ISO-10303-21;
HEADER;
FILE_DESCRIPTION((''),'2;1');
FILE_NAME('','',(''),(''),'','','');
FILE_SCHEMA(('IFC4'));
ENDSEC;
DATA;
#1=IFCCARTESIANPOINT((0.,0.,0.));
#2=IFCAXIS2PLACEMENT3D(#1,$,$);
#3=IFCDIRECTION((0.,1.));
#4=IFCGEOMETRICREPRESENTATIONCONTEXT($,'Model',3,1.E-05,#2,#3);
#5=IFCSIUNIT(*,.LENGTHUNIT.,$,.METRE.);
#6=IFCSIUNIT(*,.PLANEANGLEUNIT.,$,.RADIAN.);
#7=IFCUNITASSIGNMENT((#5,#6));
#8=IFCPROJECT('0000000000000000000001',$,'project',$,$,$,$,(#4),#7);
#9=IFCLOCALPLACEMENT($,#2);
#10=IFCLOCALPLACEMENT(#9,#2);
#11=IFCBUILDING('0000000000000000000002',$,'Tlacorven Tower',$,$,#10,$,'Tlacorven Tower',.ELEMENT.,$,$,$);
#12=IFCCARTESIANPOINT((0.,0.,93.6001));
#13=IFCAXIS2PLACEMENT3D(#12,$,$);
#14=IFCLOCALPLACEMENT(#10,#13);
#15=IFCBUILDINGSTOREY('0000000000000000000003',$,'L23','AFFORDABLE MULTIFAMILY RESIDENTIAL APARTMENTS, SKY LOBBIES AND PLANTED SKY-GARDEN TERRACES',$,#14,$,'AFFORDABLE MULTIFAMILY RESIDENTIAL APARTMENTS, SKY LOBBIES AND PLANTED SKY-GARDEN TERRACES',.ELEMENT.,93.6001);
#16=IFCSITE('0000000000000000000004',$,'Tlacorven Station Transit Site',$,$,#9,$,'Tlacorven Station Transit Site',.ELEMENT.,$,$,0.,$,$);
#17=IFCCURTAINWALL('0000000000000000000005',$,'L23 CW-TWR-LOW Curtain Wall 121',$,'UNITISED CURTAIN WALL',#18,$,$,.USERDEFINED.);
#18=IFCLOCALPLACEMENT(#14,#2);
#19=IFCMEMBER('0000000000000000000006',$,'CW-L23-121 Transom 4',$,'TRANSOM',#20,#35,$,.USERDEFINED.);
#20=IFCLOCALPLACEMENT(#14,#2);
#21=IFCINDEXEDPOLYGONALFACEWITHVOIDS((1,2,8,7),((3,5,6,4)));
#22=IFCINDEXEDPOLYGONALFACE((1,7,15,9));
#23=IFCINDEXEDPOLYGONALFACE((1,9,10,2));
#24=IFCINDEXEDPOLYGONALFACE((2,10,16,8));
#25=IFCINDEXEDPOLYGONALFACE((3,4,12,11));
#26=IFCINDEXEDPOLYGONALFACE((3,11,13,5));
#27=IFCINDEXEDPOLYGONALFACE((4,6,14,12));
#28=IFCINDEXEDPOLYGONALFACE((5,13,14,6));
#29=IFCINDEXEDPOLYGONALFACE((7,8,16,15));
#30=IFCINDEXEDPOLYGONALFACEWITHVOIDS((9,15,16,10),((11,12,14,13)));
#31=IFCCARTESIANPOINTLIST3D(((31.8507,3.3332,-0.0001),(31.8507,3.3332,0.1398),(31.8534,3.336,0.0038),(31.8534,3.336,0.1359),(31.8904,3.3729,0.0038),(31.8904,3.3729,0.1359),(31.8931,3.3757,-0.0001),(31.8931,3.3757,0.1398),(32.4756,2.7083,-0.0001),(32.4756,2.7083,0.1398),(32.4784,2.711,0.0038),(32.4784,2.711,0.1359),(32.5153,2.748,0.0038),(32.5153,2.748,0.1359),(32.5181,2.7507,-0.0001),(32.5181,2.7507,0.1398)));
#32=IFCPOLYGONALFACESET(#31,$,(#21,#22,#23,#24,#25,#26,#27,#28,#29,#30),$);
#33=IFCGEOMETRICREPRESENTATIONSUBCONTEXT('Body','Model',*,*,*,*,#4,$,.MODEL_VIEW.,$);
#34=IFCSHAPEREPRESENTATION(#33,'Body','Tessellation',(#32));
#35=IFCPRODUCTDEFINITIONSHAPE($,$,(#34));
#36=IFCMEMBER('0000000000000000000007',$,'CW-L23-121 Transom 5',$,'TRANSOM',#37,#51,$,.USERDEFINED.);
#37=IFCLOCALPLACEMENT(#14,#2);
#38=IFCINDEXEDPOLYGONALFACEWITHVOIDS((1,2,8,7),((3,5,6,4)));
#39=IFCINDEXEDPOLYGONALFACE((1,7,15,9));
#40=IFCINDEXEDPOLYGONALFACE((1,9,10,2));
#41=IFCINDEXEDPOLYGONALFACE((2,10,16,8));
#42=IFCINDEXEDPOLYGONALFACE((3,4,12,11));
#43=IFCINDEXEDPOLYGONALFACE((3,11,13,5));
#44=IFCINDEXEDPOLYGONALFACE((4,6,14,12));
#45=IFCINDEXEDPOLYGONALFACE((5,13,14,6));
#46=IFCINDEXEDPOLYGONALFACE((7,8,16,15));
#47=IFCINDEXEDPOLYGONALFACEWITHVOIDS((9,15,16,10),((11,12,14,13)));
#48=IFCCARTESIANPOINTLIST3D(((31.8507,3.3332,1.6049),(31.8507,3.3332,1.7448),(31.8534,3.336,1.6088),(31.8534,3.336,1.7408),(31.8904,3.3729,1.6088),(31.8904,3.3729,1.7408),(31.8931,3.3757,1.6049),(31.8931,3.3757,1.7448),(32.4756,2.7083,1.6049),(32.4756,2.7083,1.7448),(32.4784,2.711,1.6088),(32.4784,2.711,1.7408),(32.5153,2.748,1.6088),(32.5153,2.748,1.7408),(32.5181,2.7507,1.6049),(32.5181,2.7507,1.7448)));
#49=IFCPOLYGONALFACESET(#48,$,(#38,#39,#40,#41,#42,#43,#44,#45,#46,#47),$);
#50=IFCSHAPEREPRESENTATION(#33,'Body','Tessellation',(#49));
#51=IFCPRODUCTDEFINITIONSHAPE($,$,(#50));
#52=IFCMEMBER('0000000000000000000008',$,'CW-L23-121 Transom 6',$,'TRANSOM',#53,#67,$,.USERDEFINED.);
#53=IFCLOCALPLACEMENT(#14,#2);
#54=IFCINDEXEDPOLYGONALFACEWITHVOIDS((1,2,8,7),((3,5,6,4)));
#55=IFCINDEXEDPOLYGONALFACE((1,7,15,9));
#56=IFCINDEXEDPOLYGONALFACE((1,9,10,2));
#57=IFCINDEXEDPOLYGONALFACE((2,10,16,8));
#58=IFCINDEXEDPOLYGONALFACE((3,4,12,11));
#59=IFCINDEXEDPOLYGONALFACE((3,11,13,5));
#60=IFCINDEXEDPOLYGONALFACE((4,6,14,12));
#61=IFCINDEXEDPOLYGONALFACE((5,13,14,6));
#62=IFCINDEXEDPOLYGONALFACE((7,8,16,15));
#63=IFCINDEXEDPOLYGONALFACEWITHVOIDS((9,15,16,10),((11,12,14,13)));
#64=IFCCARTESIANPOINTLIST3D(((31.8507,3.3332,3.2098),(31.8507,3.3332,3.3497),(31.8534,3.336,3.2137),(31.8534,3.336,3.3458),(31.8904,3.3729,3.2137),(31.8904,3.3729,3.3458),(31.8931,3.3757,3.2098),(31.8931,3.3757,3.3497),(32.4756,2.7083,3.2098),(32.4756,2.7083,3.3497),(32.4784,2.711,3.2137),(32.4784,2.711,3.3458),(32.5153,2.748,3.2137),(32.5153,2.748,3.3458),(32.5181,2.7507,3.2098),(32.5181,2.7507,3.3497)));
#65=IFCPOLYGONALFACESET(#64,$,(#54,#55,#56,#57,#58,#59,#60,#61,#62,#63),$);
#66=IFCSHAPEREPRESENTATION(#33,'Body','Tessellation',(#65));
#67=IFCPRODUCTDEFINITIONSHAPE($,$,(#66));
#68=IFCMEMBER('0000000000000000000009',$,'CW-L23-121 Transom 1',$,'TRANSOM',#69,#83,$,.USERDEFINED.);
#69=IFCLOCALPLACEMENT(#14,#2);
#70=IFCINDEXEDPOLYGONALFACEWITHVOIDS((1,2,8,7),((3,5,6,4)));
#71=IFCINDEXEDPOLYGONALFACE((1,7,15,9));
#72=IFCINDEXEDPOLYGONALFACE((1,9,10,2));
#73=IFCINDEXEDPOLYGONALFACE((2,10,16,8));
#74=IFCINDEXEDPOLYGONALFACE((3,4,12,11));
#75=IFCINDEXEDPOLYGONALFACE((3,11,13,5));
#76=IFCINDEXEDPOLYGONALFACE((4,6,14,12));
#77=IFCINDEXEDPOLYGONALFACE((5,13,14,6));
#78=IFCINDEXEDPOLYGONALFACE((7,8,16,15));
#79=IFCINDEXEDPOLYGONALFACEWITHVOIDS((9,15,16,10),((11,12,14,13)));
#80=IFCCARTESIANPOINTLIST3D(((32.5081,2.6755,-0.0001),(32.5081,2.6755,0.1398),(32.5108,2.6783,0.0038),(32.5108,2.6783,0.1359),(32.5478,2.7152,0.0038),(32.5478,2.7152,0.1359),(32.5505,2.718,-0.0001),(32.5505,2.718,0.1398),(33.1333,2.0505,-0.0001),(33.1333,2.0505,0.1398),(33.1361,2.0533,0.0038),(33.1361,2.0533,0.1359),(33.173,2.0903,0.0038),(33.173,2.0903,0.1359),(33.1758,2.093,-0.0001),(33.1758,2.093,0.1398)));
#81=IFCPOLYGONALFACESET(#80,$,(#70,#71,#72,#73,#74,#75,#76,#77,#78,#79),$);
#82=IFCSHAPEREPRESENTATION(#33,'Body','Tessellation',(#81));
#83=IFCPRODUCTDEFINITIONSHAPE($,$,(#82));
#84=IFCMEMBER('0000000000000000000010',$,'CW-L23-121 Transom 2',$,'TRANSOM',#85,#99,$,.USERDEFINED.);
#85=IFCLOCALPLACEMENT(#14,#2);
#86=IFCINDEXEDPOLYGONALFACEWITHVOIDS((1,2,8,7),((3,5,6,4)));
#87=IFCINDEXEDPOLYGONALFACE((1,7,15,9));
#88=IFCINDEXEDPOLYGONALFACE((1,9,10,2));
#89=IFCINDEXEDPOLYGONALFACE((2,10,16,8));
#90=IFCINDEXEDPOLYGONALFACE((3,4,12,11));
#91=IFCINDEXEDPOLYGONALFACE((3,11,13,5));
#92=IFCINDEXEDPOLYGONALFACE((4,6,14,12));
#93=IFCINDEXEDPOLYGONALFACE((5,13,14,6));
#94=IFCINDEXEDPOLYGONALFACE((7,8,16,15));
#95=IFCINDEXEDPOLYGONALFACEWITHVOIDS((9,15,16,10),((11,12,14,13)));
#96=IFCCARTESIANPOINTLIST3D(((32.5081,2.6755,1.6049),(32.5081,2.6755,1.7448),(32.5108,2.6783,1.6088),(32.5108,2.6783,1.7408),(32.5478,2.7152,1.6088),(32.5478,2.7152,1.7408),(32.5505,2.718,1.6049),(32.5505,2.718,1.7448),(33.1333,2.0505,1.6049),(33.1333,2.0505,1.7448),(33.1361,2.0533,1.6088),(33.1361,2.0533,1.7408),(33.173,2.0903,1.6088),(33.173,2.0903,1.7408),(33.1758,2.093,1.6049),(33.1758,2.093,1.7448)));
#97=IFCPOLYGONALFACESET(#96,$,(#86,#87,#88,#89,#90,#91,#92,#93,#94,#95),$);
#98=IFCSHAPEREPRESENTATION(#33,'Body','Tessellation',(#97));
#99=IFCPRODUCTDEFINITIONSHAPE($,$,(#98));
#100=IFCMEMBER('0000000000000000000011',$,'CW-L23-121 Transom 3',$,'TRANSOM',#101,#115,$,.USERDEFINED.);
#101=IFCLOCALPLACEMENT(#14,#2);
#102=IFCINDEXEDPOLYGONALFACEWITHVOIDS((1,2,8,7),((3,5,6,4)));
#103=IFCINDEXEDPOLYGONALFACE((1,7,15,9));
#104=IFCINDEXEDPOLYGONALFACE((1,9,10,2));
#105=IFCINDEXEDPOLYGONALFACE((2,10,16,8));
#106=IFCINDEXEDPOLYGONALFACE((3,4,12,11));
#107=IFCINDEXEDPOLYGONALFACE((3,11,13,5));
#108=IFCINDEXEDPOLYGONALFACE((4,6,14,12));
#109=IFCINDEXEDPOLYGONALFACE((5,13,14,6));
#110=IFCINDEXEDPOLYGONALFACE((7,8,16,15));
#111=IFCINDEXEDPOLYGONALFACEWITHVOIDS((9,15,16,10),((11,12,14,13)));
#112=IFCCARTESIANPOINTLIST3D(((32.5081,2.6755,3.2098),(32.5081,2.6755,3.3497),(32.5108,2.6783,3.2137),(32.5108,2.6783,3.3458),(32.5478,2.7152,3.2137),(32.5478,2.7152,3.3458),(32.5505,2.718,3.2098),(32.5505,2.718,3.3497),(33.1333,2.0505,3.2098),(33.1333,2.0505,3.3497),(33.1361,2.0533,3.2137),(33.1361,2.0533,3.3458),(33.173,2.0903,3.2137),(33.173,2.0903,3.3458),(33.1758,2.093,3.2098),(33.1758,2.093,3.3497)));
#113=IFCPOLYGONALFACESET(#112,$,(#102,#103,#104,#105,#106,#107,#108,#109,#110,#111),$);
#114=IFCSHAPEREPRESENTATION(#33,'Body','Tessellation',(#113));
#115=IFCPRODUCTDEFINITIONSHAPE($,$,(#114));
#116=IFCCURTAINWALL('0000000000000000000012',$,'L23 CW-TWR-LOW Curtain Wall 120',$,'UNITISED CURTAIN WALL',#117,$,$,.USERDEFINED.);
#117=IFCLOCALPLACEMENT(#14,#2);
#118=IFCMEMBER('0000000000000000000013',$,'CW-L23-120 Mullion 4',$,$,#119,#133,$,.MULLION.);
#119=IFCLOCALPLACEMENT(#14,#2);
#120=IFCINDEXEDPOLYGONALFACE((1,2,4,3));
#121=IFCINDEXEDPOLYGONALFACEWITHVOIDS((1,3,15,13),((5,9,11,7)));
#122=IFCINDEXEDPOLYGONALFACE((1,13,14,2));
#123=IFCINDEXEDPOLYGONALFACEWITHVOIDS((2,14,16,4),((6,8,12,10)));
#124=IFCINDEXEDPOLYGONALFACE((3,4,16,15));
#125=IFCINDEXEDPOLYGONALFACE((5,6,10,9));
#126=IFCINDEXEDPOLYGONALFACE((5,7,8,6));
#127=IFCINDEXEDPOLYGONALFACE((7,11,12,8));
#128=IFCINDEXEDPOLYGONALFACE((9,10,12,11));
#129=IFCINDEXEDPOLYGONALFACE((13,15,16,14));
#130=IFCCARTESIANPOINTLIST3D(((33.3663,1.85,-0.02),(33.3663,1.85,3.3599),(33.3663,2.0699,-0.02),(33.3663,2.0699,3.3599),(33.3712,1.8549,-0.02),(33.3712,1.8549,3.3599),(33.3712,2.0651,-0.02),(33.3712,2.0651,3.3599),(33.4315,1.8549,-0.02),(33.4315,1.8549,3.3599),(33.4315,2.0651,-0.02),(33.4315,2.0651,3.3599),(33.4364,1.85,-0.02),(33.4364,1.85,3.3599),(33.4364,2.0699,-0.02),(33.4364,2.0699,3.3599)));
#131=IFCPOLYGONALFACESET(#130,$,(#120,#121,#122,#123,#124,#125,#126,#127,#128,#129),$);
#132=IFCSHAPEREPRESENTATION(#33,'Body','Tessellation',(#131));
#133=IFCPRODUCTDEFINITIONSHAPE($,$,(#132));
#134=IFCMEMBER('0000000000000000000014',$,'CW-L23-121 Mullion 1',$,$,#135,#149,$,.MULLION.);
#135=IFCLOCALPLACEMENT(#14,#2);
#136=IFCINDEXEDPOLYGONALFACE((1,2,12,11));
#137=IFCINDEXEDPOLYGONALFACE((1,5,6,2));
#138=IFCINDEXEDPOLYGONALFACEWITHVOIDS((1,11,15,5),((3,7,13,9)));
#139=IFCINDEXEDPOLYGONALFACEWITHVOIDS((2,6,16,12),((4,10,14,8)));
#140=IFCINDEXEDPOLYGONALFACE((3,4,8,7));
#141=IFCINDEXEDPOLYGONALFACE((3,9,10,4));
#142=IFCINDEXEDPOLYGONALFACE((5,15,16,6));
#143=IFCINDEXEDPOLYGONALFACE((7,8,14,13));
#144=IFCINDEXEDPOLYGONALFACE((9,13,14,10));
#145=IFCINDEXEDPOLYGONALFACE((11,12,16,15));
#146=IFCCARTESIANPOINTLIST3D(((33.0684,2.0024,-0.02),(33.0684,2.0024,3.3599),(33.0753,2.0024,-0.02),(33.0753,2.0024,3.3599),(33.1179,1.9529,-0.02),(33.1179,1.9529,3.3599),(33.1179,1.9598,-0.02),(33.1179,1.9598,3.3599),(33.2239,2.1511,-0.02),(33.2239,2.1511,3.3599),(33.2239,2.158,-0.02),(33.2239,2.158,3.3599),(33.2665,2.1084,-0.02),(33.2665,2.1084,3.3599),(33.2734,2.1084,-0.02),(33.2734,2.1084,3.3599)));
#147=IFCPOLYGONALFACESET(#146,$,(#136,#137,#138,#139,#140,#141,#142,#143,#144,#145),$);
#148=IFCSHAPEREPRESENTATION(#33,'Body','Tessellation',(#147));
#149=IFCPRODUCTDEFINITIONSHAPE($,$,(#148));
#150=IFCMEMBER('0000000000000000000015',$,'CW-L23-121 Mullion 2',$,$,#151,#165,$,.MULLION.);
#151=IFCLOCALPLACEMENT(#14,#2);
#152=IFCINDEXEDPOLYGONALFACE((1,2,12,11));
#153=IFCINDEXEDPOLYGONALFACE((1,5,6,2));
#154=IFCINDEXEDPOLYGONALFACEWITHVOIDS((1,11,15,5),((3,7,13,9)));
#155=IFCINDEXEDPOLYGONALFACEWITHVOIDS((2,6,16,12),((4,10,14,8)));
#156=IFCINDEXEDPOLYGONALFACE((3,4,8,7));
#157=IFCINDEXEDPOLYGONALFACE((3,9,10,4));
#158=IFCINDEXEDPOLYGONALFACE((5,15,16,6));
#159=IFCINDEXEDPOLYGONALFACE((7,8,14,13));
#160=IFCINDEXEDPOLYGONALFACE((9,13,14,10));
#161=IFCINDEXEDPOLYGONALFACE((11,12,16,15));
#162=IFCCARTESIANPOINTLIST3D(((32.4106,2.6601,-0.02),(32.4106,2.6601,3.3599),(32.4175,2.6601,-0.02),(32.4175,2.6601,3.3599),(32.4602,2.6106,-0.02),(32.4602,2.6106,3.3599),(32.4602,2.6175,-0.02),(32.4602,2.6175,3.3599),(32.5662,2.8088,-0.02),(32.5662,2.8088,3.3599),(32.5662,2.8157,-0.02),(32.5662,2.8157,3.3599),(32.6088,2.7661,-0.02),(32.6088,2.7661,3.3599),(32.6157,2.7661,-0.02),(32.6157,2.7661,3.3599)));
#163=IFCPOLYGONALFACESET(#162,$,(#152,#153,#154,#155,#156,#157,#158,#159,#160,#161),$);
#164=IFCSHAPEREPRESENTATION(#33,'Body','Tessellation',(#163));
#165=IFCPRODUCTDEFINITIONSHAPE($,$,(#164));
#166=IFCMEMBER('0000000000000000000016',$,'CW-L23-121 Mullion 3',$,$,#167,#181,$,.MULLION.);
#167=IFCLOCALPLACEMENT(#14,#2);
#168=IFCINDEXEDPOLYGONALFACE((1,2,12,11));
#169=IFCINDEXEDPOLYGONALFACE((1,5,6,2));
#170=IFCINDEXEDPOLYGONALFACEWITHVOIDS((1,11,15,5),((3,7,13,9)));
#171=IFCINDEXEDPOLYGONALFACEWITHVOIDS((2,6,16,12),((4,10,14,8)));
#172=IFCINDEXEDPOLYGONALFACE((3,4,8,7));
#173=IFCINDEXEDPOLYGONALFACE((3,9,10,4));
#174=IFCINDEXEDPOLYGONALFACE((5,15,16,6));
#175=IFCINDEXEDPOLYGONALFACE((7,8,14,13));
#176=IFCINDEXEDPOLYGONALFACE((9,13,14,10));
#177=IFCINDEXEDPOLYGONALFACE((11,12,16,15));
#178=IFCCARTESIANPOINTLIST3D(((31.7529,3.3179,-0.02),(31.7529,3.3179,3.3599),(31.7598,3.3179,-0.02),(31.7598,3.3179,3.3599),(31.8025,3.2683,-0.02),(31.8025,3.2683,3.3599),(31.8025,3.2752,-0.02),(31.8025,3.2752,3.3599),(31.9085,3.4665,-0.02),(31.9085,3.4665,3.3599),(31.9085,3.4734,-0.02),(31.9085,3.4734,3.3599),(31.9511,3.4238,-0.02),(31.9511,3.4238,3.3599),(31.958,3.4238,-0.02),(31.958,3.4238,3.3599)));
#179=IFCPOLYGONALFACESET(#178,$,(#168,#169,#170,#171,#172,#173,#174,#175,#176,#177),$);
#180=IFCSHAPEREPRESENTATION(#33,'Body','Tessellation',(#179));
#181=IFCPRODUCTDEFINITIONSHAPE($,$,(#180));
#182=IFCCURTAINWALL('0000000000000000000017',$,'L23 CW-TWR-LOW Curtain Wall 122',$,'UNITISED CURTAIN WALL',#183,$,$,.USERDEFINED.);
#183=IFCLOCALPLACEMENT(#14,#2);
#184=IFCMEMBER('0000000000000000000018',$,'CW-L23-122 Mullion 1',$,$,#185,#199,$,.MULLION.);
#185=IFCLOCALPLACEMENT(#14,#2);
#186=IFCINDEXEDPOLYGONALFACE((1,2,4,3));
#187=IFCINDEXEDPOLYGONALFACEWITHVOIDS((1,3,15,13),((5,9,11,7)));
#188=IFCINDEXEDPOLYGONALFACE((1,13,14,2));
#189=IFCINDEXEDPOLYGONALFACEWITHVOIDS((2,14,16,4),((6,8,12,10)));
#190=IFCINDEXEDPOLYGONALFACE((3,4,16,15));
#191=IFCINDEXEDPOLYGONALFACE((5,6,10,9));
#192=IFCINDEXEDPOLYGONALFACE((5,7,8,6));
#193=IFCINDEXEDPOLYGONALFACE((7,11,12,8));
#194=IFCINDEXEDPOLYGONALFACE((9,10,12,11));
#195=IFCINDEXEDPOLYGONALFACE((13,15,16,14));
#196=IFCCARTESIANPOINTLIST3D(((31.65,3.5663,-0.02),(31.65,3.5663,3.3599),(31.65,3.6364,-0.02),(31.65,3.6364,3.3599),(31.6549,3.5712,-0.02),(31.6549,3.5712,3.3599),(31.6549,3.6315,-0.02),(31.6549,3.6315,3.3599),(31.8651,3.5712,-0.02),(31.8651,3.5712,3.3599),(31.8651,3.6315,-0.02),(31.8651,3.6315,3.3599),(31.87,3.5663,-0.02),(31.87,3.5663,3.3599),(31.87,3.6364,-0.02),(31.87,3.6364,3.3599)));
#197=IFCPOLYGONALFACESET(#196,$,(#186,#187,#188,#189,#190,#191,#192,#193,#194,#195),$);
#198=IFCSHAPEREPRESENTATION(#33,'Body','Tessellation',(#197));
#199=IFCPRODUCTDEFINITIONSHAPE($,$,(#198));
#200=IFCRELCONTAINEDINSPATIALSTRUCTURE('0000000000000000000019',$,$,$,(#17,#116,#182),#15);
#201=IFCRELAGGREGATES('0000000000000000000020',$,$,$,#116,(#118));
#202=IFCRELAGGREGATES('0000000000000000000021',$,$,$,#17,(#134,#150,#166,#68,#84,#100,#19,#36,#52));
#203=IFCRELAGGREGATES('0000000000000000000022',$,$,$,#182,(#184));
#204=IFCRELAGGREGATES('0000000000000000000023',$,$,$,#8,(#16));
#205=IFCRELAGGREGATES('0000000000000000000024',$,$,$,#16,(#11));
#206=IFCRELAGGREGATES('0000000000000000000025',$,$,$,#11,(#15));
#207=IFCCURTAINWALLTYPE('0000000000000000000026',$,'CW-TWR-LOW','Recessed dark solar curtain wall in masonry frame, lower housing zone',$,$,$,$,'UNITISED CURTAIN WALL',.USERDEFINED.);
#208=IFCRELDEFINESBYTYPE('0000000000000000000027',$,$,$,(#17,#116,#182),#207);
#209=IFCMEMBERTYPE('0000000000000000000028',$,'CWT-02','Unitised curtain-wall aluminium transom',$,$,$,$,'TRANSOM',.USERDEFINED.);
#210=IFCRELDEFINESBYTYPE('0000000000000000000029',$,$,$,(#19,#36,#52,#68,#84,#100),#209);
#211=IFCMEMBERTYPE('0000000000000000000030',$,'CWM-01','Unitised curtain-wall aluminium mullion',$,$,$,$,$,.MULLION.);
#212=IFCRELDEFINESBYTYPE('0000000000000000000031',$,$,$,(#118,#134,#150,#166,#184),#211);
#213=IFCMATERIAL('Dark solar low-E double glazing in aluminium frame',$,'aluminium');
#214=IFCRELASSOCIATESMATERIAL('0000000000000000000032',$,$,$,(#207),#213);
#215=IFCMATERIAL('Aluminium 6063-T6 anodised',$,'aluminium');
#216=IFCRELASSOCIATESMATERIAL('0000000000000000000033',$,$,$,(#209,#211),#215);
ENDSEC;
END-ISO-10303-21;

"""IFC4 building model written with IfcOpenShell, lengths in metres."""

from ifc_helpers import new_model, si_unit, direction, frame, origin, origin_2d, place, context, subcontext, project, spatial, hollow_rectangle, extrude, source, transform, mapped, material, material_profile, profile_set, type_object, element, aggregate, save


model = new_model("IFC4")

# Units and contexts
model_context = context("Model", 3, precision=1e-05, world=origin(), true_north=direction((0.0, 1.0)))
body_context = subcontext(model_context, "Body", "Model", "MODEL_VIEW")
ifc_project = project(units=[si_unit("LENGTHUNIT", "METRE"), si_unit("PLANEANGLEUNIT", "RADIAN")], contexts=[model_context])

# Site, building, storey
site_placement = place(None, origin())
site = spatial("IfcSite", under=ifc_project, at=site_placement, Name="Tlacorven Station Transit Site", LongName="Tlacorven Station Transit Site", CompositionType="ELEMENT", RefElevation=0.0)
building_placement = place(site_placement, origin())
building = spatial("IfcBuilding", under=site, at=building_placement, Name="Tlacorven Tower", LongName="Tlacorven Tower", CompositionType="ELEMENT")
storey_placement = place(building_placement, frame((0.0, 0.0, 93.6001)))
storey = spatial("IfcBuildingStorey", under=building, at=storey_placement, Name="L23", Description="AFFORDABLE MULTIFAMILY RESIDENTIAL APARTMENTS, SKY LOBBIES AND PLANTED SKY-GARDEN TERRACES", LongName="AFFORDABLE MULTIFAMILY RESIDENTIAL APARTMENTS, SKY LOBBIES AND PLANTED SKY-GARDEN TERRACES", CompositionType="ELEMENT", Elevation=93.6001)

# Curtain wall, members
ifc_material_1 = material(Name="Dark solar low-E double glazing in aluminium frame", Category="aluminium")
curtain_wall_type = type_object("IfcCurtainWallType", Name="CW-TWR-LOW", Description="Recessed dark solar curtain wall in masonry frame, lower housing zone", ElementType="UNITISED CURTAIN WALL", PredefinedType="USERDEFINED", material=ifc_material_1)
curtain_wall_1_placement = place(storey_placement, origin())
curtain_wall_1 = element("IfcCurtainWall", 1, at=curtain_wall_1_placement, inside=storey, type_object=curtain_wall_type, Name="L23 CW-TWR-LOW Curtain Wall 121", ObjectType="UNITISED CURTAIN WALL", PredefinedType="USERDEFINED")
ifc_material_2 = material(Name="Aluminium 6063-T6 anodised", Category="aluminium")
ifc_material_profile_1 = material_profile(ifc_material_2, hollow_rectangle(XDim=0.0601, YDim=0.1399, WallThickness=0.0039, at=origin_2d()), Name="ALU TRANSOM 60X140")
ifc_profile_set_1 = profile_set([ifc_material_profile_1], Name="Aluminium 6063-T6 anodised")
member_type_1 = type_object("IfcMemberType", Name="CWT-02", Description="Unitised curtain-wall aluminium transom", ElementType="TRANSOM", PredefinedType="USERDEFINED", material=ifc_profile_set_1)
shared_shape_1 = source(origin(), body_context, "Body", "SweptSolid", [
    extrude(hollow_rectangle(XDim=0.0601, YDim=0.1399, WallThickness=0.0039, at=origin_2d()), origin(), (0.0, 0.0, 1.0), 0.8838),
])
member_1_placement = place(storey_placement, frame((32.4968, 2.7295, 0.0698), z_axis=(-0.707107, 0.707107, 0.0), x_axis=(-0.707107, -0.707107, 0.0)))
member_1 = element("IfcMember", 2, at=member_1_placement, type_object=member_type_1, Name="CW-L23-121 Transom 4", ObjectType="TRANSOM", PredefinedType="USERDEFINED", context=body_context, shape_type="MappedRepresentation", body=[
    mapped(shared_shape_1, transform((0.0, 0.0, 0.0), scale=1.0)),
])
member_2_placement = place(storey_placement, frame((32.4968, 2.7295, 1.6748), z_axis=(-0.707107, 0.707107, 0.0), x_axis=(-0.707107, -0.707107, 0.0)))
member_2 = element("IfcMember", 3, at=member_2_placement, type_object=member_type_1, Name="CW-L23-121 Transom 5", ObjectType="TRANSOM", PredefinedType="USERDEFINED", context=body_context, shape_type="MappedRepresentation", body=[
    mapped(shared_shape_1, transform((0.0, 0.0, 0.0), scale=1.0)),
])
member_3_placement = place(storey_placement, frame((32.4968, 2.7295, 3.2798), z_axis=(-0.707107, 0.707107, 0.0), x_axis=(-0.707107, -0.707107, 0.0)))
member_3 = element("IfcMember", 4, at=member_3_placement, type_object=member_type_1, Name="CW-L23-121 Transom 6", ObjectType="TRANSOM", PredefinedType="USERDEFINED", context=body_context, shape_type="MappedRepresentation", body=[
    mapped(shared_shape_1, transform((0.0, 0.0, 0.0), scale=1.0)),
])
shared_shape_2 = source(origin(), body_context, "Body", "SweptSolid", [
    extrude(hollow_rectangle(XDim=0.0601, YDim=0.1399, WallThickness=0.0039, at=origin_2d()), origin(), (0.0, 0.0, 1.0), 0.884),
])
member_4_placement = place(storey_placement, frame((33.1545, 2.0718, 0.0698), z_axis=(-0.707245, 0.706969, 0.0), x_axis=(-0.706969, -0.707245, 0.0)))
member_4 = element("IfcMember", 5, at=member_4_placement, type_object=member_type_1, Name="CW-L23-121 Transom 1", ObjectType="TRANSOM", PredefinedType="USERDEFINED", context=body_context, shape_type="MappedRepresentation", body=[
    mapped(shared_shape_2, transform((0.0, 0.0, 0.0), scale=1.0)),
])
member_5_placement = place(storey_placement, frame((33.1545, 2.0718, 1.6748), z_axis=(-0.707245, 0.706969, 0.0), x_axis=(-0.706969, -0.707245, 0.0)))
member_5 = element("IfcMember", 6, at=member_5_placement, type_object=member_type_1, Name="CW-L23-121 Transom 2", ObjectType="TRANSOM", PredefinedType="USERDEFINED", context=body_context, shape_type="MappedRepresentation", body=[
    mapped(shared_shape_2, transform((0.0, 0.0, 0.0), scale=1.0)),
])
member_6_placement = place(storey_placement, frame((33.1545, 2.0718, 3.2798), z_axis=(-0.707245, 0.706969, 0.0), x_axis=(-0.706969, -0.707245, 0.0)))
member_6 = element("IfcMember", 7, at=member_6_placement, type_object=member_type_1, Name="CW-L23-121 Transom 3", ObjectType="TRANSOM", PredefinedType="USERDEFINED", context=body_context, shape_type="MappedRepresentation", body=[
    mapped(shared_shape_2, transform((0.0, 0.0, 0.0), scale=1.0)),
])

# Curtain wall, member
curtain_wall_2_placement = place(storey_placement, origin())
curtain_wall_2 = element("IfcCurtainWall", 8, at=curtain_wall_2_placement, inside=storey, type_object=curtain_wall_type, Name="L23 CW-TWR-LOW Curtain Wall 120", ObjectType="UNITISED CURTAIN WALL", PredefinedType="USERDEFINED")
ifc_material_profile_2 = material_profile(ifc_material_2, hollow_rectangle(XDim=0.0701, YDim=0.22, WallThickness=0.0049, at=origin_2d()), Name="ALU MULLION 70X220")
ifc_profile_set_2 = profile_set([ifc_material_profile_2], Name="Aluminium 6063-T6 anodised")
member_type_2 = type_object("IfcMemberType", Name="CWM-01", Description="Unitised curtain-wall aluminium mullion", PredefinedType="MULLION", material=ifc_profile_set_2)
shared_shape_3 = source(origin(), body_context, "Body", "SweptSolid", [
    extrude(hollow_rectangle(XDim=0.0701, YDim=0.22, WallThickness=0.0049, at=origin_2d()), origin(), (0.0, 0.0, 1.0), 3.3799),
])
member_7_placement = place(storey_placement, frame((33.4014, 1.96, -0.02), z_axis=(0.0, 0.0, 1.0), x_axis=(-1.0, 0.0, 0.0)))
member_7 = element("IfcMember", 9, at=member_7_placement, type_object=member_type_2, Name="CW-L23-120 Mullion 4", PredefinedType="MULLION", context=body_context, shape_type="MappedRepresentation", body=[
    mapped(shared_shape_3, transform((0.0, 0.0, 0.0), scale=1.0)),
])
aggregate(curtain_wall_2, [member_7])

# Members
member_8_placement = place(storey_placement, frame((33.1709, 2.0554, -0.02), z_axis=(0.0, 0.0, 1.0), x_axis=(-0.707107, 0.707107, 0.0)))
member_8 = element("IfcMember", 10, at=member_8_placement, type_object=member_type_2, Name="CW-L23-121 Mullion 1", PredefinedType="MULLION", context=body_context, shape_type="MappedRepresentation", body=[
    mapped(shared_shape_3, transform((0.0, 0.0, 0.0), scale=1.0)),
])
member_9_placement = place(storey_placement, frame((32.5132, 2.7131, -0.02), z_axis=(0.0, 0.0, 1.0), x_axis=(-0.707107, 0.707107, 0.0)))
member_9 = element("IfcMember", 11, at=member_9_placement, type_object=member_type_2, Name="CW-L23-121 Mullion 2", PredefinedType="MULLION", context=body_context, shape_type="MappedRepresentation", body=[
    mapped(shared_shape_3, transform((0.0, 0.0, 0.0), scale=1.0)),
])
member_10_placement = place(storey_placement, frame((31.8555, 3.3708, -0.02), z_axis=(0.0, 0.0, 1.0), x_axis=(-0.707107, 0.707107, 0.0)))
member_10 = element("IfcMember", 12, at=member_10_placement, type_object=member_type_2, Name="CW-L23-121 Mullion 3", PredefinedType="MULLION", context=body_context, shape_type="MappedRepresentation", body=[
    mapped(shared_shape_3, transform((0.0, 0.0, 0.0), scale=1.0)),
])

# Curtain wall, member
curtain_wall_3_placement = place(storey_placement, origin())
curtain_wall_3 = element("IfcCurtainWall", 13, at=curtain_wall_3_placement, inside=storey, type_object=curtain_wall_type, Name="L23 CW-TWR-LOW Curtain Wall 122", ObjectType="UNITISED CURTAIN WALL", PredefinedType="USERDEFINED")
member_11_placement = place(storey_placement, frame((31.76, 3.6013, -0.02), z_axis=(0.0, 0.0, 1.0), x_axis=(0.0, 1.0, 0.0)))
member_11 = element("IfcMember", 14, at=member_11_placement, type_object=member_type_2, Name="CW-L23-122 Mullion 1", PredefinedType="MULLION", context=body_context, shape_type="MappedRepresentation", body=[
    mapped(shared_shape_3, transform((0.0, 0.0, 0.0), scale=1.0)),
])

aggregate(curtain_wall_1, [member_8, member_9, member_10, member_4, member_5, member_6, member_1, member_2, member_3])
aggregate(curtain_wall_3, [member_11])

save(model, "model.ifc")
